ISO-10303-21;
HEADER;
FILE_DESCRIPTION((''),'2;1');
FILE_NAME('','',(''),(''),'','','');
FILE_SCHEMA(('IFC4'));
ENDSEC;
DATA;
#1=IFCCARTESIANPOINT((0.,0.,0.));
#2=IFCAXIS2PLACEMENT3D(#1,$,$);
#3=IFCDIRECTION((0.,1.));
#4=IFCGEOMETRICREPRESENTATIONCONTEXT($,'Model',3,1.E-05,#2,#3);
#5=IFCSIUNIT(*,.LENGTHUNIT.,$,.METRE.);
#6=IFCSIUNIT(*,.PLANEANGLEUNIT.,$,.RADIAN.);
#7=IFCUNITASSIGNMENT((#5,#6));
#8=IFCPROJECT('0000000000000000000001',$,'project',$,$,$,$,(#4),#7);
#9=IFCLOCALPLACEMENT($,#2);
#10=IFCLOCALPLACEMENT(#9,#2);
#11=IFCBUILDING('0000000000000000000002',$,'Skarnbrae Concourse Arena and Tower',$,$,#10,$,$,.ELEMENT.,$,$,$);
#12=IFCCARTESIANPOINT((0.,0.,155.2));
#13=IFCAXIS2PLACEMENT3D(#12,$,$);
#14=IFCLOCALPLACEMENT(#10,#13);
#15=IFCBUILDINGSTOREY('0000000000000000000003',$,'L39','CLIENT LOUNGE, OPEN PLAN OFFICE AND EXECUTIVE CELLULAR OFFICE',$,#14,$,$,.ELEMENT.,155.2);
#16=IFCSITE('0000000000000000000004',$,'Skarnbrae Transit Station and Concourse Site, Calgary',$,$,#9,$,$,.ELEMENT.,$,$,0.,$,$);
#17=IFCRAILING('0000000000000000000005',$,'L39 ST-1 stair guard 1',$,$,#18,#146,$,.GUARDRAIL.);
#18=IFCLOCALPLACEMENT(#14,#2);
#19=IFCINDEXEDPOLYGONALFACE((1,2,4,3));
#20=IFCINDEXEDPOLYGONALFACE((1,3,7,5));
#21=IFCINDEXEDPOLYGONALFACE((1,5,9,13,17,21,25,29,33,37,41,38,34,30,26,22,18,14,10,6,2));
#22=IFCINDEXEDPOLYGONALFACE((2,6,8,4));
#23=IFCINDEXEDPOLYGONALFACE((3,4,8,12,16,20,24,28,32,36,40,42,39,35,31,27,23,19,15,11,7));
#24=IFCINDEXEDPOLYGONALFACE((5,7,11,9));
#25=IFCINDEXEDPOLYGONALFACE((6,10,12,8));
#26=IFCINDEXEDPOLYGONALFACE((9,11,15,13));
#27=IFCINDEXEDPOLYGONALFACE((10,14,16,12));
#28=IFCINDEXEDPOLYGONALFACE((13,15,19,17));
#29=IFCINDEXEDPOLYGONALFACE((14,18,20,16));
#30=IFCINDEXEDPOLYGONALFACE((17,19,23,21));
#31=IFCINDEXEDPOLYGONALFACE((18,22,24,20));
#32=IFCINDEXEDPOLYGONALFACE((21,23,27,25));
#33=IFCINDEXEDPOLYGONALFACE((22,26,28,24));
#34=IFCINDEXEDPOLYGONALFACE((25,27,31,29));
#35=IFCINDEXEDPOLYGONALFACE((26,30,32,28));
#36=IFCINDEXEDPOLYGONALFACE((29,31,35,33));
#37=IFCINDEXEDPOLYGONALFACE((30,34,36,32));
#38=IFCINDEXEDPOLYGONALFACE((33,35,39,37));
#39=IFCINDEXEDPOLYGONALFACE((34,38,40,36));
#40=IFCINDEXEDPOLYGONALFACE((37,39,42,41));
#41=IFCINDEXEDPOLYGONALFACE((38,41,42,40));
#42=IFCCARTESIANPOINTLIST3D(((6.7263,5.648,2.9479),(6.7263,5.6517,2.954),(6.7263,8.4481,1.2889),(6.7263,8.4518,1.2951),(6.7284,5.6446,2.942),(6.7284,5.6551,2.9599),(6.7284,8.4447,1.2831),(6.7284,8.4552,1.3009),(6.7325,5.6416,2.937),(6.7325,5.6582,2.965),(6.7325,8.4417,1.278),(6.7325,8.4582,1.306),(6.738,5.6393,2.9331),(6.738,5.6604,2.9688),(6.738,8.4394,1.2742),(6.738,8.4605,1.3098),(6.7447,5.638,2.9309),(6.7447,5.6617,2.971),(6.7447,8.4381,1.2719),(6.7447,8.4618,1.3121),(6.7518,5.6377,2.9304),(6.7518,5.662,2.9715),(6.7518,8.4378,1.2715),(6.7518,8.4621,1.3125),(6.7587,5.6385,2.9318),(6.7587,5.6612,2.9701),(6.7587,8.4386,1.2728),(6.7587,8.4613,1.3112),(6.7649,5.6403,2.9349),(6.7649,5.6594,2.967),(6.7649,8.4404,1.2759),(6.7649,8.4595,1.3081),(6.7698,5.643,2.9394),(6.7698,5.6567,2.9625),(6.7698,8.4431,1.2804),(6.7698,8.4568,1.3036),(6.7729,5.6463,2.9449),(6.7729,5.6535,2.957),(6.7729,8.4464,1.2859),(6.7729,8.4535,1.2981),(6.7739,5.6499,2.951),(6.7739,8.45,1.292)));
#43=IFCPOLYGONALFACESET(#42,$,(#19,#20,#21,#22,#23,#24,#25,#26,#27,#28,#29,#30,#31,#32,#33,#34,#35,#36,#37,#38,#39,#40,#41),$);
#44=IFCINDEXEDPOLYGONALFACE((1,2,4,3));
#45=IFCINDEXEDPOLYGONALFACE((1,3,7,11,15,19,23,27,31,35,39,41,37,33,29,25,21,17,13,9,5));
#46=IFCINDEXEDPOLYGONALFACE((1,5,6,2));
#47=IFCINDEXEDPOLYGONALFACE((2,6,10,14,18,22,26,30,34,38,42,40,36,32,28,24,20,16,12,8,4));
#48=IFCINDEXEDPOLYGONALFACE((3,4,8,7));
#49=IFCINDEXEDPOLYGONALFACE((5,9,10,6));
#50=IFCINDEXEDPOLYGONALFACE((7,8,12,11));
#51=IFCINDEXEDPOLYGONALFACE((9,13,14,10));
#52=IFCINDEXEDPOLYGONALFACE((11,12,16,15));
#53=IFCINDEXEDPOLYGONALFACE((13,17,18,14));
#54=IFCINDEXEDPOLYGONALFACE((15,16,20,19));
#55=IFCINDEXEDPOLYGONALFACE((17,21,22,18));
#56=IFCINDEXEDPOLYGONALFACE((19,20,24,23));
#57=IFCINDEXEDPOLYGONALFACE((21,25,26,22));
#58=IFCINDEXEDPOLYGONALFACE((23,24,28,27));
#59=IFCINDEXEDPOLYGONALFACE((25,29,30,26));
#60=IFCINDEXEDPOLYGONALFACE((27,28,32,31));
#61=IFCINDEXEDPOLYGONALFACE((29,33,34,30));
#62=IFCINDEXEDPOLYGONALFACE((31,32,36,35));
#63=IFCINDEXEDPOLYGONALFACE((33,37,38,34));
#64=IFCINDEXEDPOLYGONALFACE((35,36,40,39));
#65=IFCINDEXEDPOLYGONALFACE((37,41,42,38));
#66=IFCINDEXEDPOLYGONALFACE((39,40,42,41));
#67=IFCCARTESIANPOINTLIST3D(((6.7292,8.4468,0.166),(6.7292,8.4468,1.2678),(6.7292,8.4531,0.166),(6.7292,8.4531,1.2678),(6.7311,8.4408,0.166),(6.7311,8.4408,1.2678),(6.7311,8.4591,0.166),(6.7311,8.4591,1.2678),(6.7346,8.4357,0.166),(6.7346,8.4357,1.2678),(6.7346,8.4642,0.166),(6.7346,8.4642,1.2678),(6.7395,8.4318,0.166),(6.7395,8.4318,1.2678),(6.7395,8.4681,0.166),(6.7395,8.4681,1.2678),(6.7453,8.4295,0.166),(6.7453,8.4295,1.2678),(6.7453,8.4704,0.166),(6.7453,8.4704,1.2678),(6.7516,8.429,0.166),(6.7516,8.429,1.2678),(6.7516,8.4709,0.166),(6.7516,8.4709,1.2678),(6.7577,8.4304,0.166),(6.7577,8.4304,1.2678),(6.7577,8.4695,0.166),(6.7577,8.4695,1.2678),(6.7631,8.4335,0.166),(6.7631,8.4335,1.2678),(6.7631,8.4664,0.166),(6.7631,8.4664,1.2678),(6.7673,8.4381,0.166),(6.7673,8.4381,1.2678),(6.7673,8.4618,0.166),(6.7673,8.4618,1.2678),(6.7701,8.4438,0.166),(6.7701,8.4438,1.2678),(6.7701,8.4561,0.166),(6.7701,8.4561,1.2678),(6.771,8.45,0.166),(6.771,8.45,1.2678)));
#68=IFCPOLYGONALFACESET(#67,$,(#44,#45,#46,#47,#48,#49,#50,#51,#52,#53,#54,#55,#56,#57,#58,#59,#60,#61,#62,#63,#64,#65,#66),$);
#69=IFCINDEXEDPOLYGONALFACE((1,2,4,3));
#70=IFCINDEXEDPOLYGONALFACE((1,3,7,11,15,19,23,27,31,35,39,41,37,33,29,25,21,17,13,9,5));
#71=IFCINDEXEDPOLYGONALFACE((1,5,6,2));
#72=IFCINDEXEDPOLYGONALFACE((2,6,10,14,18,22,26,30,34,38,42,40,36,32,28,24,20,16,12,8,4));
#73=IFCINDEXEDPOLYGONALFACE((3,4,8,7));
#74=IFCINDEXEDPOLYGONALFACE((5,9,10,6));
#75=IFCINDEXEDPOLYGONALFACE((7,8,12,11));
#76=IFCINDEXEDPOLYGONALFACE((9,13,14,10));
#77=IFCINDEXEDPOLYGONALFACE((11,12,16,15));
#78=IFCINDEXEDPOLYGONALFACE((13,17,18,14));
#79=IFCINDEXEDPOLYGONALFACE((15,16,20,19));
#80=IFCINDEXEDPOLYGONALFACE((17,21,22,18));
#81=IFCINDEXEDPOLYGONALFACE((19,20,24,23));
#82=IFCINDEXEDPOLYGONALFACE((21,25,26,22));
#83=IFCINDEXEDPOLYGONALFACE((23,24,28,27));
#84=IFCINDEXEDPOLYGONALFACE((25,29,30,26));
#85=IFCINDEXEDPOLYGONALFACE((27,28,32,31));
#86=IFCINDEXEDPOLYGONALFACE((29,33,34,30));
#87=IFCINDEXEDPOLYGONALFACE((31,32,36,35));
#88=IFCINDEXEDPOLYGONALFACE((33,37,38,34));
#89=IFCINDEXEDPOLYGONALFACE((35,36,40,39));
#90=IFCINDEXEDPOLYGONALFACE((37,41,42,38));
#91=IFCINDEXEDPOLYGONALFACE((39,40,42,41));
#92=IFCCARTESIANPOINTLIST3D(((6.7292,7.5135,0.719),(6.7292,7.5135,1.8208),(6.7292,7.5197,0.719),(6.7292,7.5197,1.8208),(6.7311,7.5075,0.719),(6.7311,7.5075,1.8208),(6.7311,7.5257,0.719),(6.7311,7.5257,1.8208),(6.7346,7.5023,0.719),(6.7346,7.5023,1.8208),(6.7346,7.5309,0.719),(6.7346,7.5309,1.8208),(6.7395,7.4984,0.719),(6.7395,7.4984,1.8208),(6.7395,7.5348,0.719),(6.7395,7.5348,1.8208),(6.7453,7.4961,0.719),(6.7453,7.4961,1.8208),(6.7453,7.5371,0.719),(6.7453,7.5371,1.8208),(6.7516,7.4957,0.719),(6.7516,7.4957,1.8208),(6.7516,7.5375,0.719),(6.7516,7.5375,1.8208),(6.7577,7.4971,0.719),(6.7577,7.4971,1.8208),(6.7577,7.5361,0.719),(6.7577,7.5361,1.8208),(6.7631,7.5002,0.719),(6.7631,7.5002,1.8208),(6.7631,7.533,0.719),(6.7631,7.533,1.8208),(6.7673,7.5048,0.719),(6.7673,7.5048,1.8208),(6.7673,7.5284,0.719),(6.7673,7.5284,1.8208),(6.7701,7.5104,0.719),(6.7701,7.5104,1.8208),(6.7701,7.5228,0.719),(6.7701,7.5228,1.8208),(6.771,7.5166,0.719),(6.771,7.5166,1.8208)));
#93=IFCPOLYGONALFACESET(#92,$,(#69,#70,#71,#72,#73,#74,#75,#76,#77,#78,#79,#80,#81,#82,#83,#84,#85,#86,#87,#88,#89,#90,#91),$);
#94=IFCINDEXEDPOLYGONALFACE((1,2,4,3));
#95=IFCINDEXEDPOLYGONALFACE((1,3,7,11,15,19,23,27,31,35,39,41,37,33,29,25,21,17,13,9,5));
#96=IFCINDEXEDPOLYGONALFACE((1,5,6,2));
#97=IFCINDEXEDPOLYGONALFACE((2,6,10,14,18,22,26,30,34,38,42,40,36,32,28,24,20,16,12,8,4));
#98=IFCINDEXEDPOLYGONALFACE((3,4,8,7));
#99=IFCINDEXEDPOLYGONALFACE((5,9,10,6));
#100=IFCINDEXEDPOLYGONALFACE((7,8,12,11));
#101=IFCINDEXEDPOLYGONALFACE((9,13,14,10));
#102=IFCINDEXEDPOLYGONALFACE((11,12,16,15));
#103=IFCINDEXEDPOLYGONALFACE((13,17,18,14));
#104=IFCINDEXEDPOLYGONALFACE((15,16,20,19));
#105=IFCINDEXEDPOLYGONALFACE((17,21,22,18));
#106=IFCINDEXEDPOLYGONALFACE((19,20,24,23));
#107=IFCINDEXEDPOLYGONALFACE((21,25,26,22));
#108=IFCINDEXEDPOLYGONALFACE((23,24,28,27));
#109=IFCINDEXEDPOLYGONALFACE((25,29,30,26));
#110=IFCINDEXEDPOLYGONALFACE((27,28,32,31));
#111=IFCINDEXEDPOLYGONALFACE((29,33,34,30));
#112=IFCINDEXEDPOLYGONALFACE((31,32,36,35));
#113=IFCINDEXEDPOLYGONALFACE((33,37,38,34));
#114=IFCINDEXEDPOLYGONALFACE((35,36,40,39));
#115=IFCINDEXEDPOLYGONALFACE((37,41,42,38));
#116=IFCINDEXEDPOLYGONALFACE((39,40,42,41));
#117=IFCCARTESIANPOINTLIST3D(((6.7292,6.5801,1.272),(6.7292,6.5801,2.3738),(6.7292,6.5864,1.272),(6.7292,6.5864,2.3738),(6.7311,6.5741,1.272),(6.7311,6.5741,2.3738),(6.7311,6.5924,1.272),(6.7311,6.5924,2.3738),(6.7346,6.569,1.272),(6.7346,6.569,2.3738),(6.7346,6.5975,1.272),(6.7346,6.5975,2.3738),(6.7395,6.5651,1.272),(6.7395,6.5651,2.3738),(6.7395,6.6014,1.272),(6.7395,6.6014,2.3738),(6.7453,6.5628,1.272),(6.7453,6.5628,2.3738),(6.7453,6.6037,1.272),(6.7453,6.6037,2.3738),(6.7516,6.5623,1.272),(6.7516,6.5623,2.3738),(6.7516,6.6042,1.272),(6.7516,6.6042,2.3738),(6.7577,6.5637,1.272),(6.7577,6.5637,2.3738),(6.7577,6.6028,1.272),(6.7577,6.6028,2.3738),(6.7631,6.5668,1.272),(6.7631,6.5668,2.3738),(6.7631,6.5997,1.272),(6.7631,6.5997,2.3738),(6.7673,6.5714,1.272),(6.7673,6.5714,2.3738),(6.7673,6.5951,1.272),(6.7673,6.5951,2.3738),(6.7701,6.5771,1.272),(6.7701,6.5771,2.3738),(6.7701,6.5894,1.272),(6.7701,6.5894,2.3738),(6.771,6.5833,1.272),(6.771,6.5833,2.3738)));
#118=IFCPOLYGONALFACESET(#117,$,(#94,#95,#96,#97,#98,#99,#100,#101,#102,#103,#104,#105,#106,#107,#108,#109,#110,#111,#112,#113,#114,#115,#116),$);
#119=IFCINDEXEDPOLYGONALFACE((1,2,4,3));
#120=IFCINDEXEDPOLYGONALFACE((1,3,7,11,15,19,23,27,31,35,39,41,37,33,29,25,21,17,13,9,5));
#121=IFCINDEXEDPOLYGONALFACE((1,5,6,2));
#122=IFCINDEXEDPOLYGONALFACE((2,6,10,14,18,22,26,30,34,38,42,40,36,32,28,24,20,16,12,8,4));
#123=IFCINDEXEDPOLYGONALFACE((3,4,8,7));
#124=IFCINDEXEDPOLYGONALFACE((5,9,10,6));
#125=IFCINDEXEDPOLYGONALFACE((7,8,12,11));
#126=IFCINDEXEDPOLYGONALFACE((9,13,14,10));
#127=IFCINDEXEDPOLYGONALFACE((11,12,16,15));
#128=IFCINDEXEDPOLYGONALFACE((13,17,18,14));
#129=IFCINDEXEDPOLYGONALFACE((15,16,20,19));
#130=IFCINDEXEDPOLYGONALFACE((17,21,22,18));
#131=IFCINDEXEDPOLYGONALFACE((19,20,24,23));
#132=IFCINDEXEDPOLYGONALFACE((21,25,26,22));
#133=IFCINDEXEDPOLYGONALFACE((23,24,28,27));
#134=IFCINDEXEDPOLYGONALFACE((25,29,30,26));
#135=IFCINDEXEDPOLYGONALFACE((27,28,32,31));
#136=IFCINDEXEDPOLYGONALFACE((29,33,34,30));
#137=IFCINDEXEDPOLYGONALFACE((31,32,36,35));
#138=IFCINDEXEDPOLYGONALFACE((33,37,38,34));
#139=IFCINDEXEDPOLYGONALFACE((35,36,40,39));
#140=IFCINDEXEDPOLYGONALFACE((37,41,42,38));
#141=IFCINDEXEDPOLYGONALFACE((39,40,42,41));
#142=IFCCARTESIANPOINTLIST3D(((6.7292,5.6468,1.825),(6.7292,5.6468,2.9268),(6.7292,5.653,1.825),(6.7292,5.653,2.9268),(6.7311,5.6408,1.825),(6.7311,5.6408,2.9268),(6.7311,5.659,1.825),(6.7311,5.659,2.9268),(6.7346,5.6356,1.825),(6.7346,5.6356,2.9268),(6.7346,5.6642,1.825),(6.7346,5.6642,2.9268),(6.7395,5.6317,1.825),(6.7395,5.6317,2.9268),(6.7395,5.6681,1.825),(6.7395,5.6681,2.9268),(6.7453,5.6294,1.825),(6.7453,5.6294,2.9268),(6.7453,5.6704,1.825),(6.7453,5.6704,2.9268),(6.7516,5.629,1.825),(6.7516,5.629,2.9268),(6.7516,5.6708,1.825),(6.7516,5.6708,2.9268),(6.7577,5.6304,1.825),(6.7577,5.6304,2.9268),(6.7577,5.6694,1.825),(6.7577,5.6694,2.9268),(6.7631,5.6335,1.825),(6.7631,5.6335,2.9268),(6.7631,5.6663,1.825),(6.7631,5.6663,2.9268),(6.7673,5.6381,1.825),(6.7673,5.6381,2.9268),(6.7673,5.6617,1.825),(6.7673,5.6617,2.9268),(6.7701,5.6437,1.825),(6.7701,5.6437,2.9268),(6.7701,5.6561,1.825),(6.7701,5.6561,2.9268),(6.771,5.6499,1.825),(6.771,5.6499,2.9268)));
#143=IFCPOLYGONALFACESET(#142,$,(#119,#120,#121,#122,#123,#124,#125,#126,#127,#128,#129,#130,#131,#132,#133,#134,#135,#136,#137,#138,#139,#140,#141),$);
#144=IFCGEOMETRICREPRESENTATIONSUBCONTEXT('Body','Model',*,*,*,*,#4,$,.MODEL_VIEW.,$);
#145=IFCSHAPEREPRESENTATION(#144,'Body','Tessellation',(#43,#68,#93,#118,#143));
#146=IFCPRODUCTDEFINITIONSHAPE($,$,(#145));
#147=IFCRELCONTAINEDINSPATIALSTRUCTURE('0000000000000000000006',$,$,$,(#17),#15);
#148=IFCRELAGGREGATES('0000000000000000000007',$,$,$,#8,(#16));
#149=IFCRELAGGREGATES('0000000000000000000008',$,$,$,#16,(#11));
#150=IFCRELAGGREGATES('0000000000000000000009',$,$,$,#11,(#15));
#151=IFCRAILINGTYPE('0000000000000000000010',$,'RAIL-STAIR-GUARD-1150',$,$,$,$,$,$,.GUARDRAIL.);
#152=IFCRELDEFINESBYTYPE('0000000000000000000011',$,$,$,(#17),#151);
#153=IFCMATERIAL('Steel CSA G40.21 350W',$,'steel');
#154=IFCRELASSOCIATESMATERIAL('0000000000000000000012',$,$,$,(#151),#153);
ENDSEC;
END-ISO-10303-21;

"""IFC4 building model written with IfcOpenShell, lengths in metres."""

from ifc_helpers import new_model, si_unit, direction, frame, origin, origin_2d, place, context, subcontext, project, spatial, circle, extrude, material, type_object, element, save


model = new_model("IFC4")

# Units and contexts
model_context = context("Model", 3, precision=1e-05, world=origin(), true_north=direction((0.0, 1.0)))
body_context = subcontext(model_context, "Body", "Model", "MODEL_VIEW")
ifc_project = project(units=[si_unit("LENGTHUNIT", "METRE"), si_unit("PLANEANGLEUNIT", "RADIAN")], contexts=[model_context])

# Site, building, storey
site_placement = place(None, origin())
site = spatial("IfcSite", under=ifc_project, at=site_placement, Name="Skarnbrae Transit Station and Concourse Site, Calgary", CompositionType="ELEMENT", RefElevation=0.0)
building_placement = place(site_placement, origin())
building = spatial("IfcBuilding", under=site, at=building_placement, Name="Skarnbrae Concourse Arena and Tower", CompositionType="ELEMENT")
storey_placement = place(building_placement, frame((0.0, 0.0, 155.2)))
storey = spatial("IfcBuildingStorey", under=building, at=storey_placement, Name="L39", Description="CLIENT LOUNGE, OPEN PLAN OFFICE AND EXECUTIVE CELLULAR OFFICE", CompositionType="ELEMENT", Elevation=155.2)

# Railing
ifc_material_1 = material(Name="Steel CSA G40.21 350W", Category="steel")
railing_type_1 = type_object("IfcRailingType", Name="RAIL-STAIR-GUARD-1150", PredefinedType="GUARDRAIL", material=ifc_material_1)
railing_1_placement = place(storey_placement, frame((6.75, 8.45, 0.166)))
element("IfcRailing", 1, at=railing_1_placement, inside=storey, type_object=railing_type_1, Name="L39 ST-1 stair guard 1", PredefinedType="GUARDRAIL", context=body_context, shape_type="SweptSolid", body=[
    extrude(circle(Radius=0.0239, at=origin_2d()), frame((0.0, 0.0, 1.126), z_axis=(0.0, -0.860339, 0.509722), x_axis=(1.0, 0.0, 0.0)), (0.0, 0.0, 1.0), 3.2546),
    extrude(circle(Radius=0.021, at=origin_2d()), origin(), (0.0, 0.0, 1.0), 1.1018),
    extrude(circle(Radius=0.021, at=origin_2d()), frame((0.0, -0.9333, 0.553)), (0.0, 0.0, 1.0), 1.1018),
    extrude(circle(Radius=0.021, at=origin_2d()), frame((0.0, -1.8667, 1.106)), (0.0, 0.0, 1.0), 1.1018),
    extrude(circle(Radius=0.021, at=origin_2d()), frame((0.0, -2.8, 1.6589)), (0.0, 0.0, 1.0), 1.1018),
])

save(model, "model.ifc")
